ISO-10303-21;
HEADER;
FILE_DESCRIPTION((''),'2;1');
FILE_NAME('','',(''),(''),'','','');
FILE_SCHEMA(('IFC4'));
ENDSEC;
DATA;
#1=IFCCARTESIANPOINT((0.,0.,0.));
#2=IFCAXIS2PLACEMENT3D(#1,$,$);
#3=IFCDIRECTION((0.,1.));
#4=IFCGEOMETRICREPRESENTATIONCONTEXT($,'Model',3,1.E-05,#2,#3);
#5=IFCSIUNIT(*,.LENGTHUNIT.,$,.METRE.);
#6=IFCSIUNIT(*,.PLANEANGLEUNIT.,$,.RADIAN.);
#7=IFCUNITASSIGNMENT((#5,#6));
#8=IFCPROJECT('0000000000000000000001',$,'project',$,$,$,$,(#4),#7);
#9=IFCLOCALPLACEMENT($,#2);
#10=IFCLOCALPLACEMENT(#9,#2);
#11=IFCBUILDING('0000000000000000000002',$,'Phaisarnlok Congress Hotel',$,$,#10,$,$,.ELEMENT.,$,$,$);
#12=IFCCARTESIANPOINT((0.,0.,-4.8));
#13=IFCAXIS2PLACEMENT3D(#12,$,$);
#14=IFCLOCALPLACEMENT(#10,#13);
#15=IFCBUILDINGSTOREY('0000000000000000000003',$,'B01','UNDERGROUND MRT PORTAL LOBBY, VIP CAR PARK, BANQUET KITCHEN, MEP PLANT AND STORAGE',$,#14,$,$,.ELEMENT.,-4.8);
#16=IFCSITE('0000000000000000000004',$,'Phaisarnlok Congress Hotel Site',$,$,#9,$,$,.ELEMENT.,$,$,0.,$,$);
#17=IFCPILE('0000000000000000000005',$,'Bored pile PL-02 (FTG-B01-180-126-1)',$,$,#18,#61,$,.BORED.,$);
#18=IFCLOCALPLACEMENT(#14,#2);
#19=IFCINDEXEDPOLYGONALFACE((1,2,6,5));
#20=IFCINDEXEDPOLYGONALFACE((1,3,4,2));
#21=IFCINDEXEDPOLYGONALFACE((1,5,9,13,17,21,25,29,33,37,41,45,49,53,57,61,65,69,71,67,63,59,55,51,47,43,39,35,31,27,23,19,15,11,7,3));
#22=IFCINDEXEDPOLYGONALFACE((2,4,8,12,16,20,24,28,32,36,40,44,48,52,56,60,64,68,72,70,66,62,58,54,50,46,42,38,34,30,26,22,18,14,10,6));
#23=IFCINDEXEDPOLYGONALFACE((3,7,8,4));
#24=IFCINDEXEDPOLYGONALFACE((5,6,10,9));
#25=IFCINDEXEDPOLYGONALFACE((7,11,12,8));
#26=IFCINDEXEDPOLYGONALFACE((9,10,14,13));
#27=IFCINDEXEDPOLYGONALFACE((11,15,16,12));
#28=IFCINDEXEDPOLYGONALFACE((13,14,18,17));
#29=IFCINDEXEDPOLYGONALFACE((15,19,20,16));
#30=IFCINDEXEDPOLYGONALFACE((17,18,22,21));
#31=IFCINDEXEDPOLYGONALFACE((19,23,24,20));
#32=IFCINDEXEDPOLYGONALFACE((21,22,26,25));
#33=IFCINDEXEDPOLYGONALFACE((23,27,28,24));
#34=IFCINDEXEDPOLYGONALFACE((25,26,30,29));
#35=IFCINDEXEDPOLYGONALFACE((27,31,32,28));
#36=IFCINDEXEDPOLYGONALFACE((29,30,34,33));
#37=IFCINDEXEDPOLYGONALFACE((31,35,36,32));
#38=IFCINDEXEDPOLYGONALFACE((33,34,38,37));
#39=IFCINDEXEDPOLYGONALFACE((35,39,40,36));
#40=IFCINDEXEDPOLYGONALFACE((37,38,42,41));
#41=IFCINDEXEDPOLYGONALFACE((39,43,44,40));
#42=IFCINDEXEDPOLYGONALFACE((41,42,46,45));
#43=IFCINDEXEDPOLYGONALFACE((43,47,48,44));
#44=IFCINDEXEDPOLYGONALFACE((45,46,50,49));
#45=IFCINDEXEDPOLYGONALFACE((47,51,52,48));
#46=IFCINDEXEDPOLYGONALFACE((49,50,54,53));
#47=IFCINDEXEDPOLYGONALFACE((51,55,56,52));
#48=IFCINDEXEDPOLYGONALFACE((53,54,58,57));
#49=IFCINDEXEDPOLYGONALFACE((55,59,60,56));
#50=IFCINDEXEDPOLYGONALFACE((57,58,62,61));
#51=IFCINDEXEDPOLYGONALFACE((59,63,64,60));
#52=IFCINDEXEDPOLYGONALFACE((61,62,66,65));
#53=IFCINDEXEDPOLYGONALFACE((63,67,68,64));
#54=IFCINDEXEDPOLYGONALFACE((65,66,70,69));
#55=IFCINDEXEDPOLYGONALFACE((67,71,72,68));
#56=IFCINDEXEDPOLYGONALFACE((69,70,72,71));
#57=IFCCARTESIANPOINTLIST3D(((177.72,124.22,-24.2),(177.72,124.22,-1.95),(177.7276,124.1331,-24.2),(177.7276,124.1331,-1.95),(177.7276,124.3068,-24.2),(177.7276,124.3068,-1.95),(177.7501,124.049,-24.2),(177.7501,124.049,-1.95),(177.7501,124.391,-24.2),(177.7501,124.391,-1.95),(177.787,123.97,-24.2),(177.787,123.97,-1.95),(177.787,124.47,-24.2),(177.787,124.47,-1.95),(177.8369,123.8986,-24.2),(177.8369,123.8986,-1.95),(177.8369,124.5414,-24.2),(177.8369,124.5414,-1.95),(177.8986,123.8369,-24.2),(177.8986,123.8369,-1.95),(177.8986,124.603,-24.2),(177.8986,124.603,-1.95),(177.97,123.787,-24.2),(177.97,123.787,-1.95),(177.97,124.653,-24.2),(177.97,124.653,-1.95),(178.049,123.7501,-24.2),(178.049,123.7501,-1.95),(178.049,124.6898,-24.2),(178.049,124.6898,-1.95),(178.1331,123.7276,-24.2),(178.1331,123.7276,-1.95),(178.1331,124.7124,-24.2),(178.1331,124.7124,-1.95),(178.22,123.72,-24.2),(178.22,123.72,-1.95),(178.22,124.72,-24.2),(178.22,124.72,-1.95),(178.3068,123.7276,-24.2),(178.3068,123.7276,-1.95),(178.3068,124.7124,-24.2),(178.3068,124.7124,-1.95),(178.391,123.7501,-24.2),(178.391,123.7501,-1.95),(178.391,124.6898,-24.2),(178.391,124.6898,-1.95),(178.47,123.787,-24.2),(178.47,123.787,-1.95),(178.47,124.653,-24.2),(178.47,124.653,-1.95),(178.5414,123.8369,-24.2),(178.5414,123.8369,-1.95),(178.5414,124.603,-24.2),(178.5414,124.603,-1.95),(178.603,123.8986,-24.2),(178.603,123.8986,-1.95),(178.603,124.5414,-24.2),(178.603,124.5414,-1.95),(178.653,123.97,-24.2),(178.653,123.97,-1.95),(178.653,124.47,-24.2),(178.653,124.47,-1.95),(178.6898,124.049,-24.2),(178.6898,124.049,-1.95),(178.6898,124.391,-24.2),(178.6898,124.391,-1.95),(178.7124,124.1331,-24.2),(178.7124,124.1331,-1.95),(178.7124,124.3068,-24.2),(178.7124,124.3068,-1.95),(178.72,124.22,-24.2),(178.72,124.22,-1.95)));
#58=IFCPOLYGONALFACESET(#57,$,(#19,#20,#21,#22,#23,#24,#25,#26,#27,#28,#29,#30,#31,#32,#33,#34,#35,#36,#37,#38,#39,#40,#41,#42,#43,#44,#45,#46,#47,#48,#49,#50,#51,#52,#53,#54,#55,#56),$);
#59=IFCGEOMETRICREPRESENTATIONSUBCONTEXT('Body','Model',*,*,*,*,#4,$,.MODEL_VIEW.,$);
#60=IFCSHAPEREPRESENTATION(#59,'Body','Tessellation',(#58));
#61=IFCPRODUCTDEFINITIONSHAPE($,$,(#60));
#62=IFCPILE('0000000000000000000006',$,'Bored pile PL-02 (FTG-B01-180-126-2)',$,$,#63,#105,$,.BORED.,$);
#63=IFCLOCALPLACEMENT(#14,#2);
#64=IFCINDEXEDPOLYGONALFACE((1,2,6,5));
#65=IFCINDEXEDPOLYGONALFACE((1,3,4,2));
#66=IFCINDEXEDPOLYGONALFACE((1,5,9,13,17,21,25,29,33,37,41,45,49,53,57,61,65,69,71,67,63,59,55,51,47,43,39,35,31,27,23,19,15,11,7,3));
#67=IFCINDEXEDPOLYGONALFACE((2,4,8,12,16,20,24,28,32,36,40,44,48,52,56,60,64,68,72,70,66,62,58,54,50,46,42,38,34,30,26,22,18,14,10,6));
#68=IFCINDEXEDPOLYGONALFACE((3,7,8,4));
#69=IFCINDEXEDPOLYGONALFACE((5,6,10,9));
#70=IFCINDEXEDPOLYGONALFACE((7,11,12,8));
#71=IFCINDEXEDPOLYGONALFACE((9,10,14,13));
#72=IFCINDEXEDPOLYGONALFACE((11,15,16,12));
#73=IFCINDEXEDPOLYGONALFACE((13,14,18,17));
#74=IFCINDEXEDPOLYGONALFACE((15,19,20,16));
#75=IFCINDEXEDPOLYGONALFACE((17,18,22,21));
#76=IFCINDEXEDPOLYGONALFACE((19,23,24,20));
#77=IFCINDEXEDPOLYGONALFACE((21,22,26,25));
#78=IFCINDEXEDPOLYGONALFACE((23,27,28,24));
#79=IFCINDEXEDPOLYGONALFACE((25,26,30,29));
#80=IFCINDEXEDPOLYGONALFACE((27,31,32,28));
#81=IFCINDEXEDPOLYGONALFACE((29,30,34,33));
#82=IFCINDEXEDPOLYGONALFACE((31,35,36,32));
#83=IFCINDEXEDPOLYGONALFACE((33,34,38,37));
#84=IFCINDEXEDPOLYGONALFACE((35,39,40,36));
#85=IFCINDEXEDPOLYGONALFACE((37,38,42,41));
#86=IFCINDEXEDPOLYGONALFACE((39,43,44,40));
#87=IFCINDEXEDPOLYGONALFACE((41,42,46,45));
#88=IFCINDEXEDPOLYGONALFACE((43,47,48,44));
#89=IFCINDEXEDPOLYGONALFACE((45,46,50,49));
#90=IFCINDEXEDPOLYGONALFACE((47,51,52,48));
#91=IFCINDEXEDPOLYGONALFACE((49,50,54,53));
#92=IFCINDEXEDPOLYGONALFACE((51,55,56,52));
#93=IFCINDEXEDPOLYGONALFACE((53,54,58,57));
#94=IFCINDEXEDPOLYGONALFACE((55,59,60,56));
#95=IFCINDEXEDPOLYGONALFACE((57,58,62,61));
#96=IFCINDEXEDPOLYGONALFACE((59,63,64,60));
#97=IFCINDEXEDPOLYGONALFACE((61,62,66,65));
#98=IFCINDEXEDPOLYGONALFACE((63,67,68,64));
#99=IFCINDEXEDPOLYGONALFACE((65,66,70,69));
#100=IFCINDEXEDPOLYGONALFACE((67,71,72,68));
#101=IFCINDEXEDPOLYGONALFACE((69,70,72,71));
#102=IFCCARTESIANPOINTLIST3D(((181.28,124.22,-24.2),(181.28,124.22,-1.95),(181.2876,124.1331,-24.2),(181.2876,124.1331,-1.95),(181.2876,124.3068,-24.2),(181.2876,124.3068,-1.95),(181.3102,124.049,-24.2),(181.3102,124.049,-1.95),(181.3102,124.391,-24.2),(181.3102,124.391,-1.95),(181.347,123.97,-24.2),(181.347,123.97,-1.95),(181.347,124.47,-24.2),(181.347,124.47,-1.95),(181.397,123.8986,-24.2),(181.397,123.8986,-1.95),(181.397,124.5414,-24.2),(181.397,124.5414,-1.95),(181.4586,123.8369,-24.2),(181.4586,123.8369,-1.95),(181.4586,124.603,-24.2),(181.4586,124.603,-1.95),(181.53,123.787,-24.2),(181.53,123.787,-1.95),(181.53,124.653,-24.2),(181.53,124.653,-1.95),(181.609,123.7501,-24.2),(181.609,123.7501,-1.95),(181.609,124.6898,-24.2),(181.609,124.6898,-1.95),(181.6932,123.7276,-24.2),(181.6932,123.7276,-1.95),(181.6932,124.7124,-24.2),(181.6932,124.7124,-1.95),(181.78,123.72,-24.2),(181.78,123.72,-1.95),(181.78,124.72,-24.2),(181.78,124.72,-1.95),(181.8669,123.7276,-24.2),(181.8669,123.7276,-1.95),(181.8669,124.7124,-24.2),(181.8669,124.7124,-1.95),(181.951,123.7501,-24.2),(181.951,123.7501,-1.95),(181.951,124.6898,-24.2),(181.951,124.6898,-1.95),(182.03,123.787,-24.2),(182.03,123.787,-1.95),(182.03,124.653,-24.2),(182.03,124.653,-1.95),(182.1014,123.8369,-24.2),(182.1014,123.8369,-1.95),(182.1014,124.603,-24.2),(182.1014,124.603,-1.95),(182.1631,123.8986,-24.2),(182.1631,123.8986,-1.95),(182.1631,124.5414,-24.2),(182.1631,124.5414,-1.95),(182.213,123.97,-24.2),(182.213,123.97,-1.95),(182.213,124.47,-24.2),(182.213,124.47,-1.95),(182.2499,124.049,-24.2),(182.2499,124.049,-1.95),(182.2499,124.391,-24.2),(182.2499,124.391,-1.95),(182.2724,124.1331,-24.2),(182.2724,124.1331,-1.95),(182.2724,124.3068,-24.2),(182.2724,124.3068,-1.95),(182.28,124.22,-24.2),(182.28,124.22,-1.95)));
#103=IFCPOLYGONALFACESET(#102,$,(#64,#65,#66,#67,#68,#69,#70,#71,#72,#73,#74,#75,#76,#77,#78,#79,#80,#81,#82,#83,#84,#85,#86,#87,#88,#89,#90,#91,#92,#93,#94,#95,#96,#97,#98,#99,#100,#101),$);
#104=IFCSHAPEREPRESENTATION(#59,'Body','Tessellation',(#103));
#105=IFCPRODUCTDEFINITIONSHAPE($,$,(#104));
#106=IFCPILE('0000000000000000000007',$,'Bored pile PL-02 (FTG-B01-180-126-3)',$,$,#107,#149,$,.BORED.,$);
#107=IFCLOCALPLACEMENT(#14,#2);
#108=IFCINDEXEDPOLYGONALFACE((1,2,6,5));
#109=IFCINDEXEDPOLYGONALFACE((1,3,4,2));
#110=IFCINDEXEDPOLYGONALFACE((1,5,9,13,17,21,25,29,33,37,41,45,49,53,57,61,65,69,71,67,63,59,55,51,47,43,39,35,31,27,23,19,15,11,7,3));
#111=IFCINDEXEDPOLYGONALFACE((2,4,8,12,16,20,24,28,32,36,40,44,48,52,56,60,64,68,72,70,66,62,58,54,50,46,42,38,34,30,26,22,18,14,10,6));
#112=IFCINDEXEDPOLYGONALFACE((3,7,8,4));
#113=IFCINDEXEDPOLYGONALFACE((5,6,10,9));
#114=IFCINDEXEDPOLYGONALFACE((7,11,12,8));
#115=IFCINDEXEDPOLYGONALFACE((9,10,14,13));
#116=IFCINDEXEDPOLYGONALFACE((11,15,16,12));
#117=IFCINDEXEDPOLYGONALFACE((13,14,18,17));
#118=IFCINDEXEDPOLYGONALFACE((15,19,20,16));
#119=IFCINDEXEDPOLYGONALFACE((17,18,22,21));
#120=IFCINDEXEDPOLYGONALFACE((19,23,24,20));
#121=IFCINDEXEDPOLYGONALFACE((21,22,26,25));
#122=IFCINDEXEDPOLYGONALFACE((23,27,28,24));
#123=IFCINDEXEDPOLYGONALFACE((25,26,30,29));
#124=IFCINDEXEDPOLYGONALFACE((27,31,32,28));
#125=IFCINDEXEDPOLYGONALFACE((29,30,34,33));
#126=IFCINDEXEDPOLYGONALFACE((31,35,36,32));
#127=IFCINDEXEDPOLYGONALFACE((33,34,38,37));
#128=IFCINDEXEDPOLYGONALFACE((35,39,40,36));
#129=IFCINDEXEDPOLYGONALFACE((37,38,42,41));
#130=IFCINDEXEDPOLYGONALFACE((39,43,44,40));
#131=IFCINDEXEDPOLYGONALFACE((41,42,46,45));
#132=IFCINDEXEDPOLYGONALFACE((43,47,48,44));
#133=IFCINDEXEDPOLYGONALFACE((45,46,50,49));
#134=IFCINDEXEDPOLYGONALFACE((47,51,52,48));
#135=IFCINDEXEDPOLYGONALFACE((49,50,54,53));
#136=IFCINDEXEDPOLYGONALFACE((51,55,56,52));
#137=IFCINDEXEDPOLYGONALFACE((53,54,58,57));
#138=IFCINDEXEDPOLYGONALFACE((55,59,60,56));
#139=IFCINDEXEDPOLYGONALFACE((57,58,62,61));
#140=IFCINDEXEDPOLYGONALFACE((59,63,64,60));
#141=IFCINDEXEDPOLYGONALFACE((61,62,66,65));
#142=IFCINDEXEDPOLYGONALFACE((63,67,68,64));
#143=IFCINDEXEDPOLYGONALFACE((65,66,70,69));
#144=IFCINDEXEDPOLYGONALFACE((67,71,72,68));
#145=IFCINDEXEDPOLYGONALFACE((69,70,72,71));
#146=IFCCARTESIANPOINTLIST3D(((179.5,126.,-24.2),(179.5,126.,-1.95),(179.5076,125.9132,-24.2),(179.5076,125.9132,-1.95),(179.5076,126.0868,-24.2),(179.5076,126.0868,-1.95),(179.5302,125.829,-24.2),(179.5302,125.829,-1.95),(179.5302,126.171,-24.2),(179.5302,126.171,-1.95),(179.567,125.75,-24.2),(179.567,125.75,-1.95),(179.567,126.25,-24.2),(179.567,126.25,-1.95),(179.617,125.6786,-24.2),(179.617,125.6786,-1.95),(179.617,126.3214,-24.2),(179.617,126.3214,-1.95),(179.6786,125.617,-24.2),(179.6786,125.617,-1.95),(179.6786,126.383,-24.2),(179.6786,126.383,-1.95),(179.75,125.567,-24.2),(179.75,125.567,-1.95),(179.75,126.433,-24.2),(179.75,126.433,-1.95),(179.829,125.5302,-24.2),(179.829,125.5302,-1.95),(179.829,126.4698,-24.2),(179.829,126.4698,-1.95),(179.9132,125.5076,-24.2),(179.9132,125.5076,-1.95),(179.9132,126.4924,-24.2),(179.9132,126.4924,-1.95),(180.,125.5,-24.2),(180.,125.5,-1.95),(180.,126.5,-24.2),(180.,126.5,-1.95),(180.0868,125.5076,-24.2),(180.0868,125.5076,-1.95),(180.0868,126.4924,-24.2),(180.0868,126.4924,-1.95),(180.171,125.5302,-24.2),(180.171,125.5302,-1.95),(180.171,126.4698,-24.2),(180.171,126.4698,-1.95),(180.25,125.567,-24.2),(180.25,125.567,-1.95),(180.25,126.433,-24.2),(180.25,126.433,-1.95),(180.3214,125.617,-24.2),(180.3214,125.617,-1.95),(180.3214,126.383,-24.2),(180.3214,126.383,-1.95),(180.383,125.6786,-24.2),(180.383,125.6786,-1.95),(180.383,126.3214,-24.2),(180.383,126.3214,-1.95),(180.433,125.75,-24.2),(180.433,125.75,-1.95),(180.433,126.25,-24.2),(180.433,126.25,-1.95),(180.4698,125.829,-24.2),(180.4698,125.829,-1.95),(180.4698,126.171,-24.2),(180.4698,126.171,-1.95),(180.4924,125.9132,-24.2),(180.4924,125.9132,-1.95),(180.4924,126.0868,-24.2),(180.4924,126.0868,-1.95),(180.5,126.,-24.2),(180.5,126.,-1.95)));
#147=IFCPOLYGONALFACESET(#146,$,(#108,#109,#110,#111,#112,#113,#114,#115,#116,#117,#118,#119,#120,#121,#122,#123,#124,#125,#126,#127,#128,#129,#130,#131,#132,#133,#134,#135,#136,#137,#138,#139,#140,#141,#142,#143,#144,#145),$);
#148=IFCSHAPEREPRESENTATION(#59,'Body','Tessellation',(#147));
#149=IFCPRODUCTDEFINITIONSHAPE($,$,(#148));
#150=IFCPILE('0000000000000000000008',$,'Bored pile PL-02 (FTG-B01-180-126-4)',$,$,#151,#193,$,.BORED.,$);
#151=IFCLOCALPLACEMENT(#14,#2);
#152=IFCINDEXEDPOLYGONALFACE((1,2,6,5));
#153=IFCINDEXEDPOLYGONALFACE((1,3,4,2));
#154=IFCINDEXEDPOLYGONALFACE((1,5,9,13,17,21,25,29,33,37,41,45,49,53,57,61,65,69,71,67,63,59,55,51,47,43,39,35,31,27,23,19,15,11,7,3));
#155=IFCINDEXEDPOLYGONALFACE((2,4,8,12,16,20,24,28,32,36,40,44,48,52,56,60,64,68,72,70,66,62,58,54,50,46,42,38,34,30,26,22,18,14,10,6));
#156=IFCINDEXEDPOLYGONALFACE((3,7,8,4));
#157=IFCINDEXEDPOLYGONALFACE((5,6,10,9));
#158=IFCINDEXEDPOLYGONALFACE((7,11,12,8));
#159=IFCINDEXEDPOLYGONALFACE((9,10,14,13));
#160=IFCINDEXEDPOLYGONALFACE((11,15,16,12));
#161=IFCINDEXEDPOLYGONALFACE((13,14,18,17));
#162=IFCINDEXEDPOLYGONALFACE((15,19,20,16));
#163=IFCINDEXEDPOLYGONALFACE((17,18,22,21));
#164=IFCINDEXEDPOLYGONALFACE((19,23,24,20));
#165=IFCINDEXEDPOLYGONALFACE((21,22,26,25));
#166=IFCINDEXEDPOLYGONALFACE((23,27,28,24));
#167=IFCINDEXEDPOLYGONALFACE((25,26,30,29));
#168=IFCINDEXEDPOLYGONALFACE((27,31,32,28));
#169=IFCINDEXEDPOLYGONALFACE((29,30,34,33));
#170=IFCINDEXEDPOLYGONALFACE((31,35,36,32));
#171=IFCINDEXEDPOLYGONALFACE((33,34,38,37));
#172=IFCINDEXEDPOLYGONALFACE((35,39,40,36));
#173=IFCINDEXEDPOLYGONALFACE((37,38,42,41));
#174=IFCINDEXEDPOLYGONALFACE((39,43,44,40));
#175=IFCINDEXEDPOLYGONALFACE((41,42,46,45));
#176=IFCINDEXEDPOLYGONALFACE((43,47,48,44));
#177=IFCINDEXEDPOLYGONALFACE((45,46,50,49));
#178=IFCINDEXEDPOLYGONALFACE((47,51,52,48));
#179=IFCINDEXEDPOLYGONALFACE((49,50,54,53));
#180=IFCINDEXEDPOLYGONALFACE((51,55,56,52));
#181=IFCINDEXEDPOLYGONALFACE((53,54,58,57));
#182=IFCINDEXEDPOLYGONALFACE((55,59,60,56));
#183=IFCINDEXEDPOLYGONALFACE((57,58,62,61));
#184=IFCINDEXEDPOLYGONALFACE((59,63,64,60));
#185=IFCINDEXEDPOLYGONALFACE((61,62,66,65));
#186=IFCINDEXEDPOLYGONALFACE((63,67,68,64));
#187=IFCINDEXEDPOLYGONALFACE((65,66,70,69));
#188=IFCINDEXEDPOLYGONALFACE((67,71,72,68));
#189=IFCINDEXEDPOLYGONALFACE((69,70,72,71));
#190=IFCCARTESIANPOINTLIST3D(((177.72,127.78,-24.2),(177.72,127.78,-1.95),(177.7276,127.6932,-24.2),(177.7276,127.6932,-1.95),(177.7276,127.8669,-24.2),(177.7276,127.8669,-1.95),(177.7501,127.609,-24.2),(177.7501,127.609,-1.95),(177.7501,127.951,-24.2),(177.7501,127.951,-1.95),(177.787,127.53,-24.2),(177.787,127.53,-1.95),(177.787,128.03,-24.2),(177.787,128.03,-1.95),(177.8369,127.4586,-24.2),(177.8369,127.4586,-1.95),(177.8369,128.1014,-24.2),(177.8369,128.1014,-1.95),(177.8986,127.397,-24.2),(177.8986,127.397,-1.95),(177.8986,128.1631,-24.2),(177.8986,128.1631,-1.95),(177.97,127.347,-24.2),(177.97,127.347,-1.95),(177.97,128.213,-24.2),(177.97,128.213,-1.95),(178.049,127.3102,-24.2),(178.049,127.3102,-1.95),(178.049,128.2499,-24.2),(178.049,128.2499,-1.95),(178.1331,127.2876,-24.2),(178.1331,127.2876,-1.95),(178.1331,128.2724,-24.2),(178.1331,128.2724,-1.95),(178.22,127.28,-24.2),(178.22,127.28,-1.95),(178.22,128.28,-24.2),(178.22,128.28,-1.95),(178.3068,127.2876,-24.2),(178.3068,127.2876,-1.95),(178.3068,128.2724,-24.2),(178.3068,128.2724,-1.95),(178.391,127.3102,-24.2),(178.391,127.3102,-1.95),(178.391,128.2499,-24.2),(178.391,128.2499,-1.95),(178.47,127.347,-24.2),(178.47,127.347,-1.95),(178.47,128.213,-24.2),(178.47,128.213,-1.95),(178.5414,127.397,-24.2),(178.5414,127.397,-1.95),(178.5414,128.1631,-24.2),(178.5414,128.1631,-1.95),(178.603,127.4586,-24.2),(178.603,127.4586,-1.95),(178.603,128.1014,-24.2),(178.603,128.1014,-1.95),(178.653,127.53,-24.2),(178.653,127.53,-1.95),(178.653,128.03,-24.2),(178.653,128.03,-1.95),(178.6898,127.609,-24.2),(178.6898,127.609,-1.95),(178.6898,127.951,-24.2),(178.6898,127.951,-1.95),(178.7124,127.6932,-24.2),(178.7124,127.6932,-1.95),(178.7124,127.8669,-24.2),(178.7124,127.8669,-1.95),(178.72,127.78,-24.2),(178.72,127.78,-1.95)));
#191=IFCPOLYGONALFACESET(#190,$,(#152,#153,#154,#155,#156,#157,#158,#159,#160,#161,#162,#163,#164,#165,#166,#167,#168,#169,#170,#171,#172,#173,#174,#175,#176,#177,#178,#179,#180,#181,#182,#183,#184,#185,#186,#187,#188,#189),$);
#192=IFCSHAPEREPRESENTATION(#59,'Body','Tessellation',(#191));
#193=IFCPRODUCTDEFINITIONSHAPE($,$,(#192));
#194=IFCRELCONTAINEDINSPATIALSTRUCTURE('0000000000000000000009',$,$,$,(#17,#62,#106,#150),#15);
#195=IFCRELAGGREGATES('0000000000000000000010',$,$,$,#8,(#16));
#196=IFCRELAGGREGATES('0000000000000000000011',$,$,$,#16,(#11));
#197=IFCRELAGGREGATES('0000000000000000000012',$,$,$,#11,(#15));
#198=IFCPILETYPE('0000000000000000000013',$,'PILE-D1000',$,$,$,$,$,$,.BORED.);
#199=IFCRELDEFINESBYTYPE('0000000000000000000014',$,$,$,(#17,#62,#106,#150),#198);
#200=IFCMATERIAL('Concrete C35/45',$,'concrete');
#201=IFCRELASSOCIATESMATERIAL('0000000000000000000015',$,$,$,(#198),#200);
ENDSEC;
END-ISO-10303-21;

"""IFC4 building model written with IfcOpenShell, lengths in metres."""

from ifc_helpers import new_model, si_unit, direction, frame, origin, origin_2d, place, context, subcontext, project, spatial, circle, extrude, material, material_profile, profile_set, type_object, element, save


model = new_model("IFC4")

# Units and contexts
model_context = context("Model", 3, precision=1e-05, world=origin(), true_north=direction((0.0, 1.0)))
body_context = subcontext(model_context, "Body", "Model", "MODEL_VIEW")
ifc_project = project(units=[si_unit("LENGTHUNIT", "METRE"), si_unit("PLANEANGLEUNIT", "RADIAN")], contexts=[model_context])

# Site, building, storey
site_placement = place(None, origin())
site = spatial("IfcSite", under=ifc_project, at=site_placement, Name="Phaisarnlok Congress Hotel Site", CompositionType="ELEMENT", RefElevation=0.0)
building_placement = place(site_placement, origin())
building = spatial("IfcBuilding", under=site, at=building_placement, Name="Phaisarnlok Congress Hotel", CompositionType="ELEMENT")
storey_placement = place(building_placement, frame((0.0, 0.0, -4.8)))
storey = spatial("IfcBuildingStorey", under=building, at=storey_placement, Name="B01", Description="UNDERGROUND MRT PORTAL LOBBY, VIP CAR PARK, BANQUET KITCHEN, MEP PLANT AND STORAGE", CompositionType="ELEMENT", Elevation=-4.8)

# Piles
ifc_material_1 = material(Name="Concrete C35/45", Category="concrete")
ifc_material_profile_1 = material_profile(ifc_material_1, circle(Radius=0.5, at=origin_2d()), Name="BORED PILE D1000")
ifc_profile_set_1 = profile_set([ifc_material_profile_1], Name="Concrete C35/45")
pile_type = type_object("IfcPileType", Name="PILE-D1000", PredefinedType="BORED", material=ifc_profile_set_1)
for number, where, z_axis, x_axis, name in (
    (1, (178.22, 124.22, -1.95), (0.0, 0.0, -1.0), (1.0, 0.0, 0.0), "Bored pile PL-02 (FTG-B01-180-126-1)"),
    (2, (181.78, 124.22, -1.95), (0.0, 0.0, -1.0), (1.0, 0.0, 0.0), "Bored pile PL-02 (FTG-B01-180-126-2)"),
    (3, (180.0, 126.0, -1.95), (0.0, 0.0, -1.0), (1.0, 0.0, 0.0), "Bored pile PL-02 (FTG-B01-180-126-3)"),
    (4, (178.22, 127.78, -1.95), (0.0, 0.0, -1.0), (1.0, 0.0, 0.0), "Bored pile PL-02 (FTG-B01-180-126-4)"),
):
    element("IfcPile", number, at=place(storey_placement, frame(where, z_axis=z_axis, x_axis=x_axis)), inside=storey, type_object=pile_type, Name=name, PredefinedType="BORED", context=body_context, shape_type="SweptSolid", body=[
        extrude(circle(Radius=0.5, at=origin_2d()), origin(), (0.0, 0.0, 1.0), 22.25),
    ])

save(model, "model.ifc")
